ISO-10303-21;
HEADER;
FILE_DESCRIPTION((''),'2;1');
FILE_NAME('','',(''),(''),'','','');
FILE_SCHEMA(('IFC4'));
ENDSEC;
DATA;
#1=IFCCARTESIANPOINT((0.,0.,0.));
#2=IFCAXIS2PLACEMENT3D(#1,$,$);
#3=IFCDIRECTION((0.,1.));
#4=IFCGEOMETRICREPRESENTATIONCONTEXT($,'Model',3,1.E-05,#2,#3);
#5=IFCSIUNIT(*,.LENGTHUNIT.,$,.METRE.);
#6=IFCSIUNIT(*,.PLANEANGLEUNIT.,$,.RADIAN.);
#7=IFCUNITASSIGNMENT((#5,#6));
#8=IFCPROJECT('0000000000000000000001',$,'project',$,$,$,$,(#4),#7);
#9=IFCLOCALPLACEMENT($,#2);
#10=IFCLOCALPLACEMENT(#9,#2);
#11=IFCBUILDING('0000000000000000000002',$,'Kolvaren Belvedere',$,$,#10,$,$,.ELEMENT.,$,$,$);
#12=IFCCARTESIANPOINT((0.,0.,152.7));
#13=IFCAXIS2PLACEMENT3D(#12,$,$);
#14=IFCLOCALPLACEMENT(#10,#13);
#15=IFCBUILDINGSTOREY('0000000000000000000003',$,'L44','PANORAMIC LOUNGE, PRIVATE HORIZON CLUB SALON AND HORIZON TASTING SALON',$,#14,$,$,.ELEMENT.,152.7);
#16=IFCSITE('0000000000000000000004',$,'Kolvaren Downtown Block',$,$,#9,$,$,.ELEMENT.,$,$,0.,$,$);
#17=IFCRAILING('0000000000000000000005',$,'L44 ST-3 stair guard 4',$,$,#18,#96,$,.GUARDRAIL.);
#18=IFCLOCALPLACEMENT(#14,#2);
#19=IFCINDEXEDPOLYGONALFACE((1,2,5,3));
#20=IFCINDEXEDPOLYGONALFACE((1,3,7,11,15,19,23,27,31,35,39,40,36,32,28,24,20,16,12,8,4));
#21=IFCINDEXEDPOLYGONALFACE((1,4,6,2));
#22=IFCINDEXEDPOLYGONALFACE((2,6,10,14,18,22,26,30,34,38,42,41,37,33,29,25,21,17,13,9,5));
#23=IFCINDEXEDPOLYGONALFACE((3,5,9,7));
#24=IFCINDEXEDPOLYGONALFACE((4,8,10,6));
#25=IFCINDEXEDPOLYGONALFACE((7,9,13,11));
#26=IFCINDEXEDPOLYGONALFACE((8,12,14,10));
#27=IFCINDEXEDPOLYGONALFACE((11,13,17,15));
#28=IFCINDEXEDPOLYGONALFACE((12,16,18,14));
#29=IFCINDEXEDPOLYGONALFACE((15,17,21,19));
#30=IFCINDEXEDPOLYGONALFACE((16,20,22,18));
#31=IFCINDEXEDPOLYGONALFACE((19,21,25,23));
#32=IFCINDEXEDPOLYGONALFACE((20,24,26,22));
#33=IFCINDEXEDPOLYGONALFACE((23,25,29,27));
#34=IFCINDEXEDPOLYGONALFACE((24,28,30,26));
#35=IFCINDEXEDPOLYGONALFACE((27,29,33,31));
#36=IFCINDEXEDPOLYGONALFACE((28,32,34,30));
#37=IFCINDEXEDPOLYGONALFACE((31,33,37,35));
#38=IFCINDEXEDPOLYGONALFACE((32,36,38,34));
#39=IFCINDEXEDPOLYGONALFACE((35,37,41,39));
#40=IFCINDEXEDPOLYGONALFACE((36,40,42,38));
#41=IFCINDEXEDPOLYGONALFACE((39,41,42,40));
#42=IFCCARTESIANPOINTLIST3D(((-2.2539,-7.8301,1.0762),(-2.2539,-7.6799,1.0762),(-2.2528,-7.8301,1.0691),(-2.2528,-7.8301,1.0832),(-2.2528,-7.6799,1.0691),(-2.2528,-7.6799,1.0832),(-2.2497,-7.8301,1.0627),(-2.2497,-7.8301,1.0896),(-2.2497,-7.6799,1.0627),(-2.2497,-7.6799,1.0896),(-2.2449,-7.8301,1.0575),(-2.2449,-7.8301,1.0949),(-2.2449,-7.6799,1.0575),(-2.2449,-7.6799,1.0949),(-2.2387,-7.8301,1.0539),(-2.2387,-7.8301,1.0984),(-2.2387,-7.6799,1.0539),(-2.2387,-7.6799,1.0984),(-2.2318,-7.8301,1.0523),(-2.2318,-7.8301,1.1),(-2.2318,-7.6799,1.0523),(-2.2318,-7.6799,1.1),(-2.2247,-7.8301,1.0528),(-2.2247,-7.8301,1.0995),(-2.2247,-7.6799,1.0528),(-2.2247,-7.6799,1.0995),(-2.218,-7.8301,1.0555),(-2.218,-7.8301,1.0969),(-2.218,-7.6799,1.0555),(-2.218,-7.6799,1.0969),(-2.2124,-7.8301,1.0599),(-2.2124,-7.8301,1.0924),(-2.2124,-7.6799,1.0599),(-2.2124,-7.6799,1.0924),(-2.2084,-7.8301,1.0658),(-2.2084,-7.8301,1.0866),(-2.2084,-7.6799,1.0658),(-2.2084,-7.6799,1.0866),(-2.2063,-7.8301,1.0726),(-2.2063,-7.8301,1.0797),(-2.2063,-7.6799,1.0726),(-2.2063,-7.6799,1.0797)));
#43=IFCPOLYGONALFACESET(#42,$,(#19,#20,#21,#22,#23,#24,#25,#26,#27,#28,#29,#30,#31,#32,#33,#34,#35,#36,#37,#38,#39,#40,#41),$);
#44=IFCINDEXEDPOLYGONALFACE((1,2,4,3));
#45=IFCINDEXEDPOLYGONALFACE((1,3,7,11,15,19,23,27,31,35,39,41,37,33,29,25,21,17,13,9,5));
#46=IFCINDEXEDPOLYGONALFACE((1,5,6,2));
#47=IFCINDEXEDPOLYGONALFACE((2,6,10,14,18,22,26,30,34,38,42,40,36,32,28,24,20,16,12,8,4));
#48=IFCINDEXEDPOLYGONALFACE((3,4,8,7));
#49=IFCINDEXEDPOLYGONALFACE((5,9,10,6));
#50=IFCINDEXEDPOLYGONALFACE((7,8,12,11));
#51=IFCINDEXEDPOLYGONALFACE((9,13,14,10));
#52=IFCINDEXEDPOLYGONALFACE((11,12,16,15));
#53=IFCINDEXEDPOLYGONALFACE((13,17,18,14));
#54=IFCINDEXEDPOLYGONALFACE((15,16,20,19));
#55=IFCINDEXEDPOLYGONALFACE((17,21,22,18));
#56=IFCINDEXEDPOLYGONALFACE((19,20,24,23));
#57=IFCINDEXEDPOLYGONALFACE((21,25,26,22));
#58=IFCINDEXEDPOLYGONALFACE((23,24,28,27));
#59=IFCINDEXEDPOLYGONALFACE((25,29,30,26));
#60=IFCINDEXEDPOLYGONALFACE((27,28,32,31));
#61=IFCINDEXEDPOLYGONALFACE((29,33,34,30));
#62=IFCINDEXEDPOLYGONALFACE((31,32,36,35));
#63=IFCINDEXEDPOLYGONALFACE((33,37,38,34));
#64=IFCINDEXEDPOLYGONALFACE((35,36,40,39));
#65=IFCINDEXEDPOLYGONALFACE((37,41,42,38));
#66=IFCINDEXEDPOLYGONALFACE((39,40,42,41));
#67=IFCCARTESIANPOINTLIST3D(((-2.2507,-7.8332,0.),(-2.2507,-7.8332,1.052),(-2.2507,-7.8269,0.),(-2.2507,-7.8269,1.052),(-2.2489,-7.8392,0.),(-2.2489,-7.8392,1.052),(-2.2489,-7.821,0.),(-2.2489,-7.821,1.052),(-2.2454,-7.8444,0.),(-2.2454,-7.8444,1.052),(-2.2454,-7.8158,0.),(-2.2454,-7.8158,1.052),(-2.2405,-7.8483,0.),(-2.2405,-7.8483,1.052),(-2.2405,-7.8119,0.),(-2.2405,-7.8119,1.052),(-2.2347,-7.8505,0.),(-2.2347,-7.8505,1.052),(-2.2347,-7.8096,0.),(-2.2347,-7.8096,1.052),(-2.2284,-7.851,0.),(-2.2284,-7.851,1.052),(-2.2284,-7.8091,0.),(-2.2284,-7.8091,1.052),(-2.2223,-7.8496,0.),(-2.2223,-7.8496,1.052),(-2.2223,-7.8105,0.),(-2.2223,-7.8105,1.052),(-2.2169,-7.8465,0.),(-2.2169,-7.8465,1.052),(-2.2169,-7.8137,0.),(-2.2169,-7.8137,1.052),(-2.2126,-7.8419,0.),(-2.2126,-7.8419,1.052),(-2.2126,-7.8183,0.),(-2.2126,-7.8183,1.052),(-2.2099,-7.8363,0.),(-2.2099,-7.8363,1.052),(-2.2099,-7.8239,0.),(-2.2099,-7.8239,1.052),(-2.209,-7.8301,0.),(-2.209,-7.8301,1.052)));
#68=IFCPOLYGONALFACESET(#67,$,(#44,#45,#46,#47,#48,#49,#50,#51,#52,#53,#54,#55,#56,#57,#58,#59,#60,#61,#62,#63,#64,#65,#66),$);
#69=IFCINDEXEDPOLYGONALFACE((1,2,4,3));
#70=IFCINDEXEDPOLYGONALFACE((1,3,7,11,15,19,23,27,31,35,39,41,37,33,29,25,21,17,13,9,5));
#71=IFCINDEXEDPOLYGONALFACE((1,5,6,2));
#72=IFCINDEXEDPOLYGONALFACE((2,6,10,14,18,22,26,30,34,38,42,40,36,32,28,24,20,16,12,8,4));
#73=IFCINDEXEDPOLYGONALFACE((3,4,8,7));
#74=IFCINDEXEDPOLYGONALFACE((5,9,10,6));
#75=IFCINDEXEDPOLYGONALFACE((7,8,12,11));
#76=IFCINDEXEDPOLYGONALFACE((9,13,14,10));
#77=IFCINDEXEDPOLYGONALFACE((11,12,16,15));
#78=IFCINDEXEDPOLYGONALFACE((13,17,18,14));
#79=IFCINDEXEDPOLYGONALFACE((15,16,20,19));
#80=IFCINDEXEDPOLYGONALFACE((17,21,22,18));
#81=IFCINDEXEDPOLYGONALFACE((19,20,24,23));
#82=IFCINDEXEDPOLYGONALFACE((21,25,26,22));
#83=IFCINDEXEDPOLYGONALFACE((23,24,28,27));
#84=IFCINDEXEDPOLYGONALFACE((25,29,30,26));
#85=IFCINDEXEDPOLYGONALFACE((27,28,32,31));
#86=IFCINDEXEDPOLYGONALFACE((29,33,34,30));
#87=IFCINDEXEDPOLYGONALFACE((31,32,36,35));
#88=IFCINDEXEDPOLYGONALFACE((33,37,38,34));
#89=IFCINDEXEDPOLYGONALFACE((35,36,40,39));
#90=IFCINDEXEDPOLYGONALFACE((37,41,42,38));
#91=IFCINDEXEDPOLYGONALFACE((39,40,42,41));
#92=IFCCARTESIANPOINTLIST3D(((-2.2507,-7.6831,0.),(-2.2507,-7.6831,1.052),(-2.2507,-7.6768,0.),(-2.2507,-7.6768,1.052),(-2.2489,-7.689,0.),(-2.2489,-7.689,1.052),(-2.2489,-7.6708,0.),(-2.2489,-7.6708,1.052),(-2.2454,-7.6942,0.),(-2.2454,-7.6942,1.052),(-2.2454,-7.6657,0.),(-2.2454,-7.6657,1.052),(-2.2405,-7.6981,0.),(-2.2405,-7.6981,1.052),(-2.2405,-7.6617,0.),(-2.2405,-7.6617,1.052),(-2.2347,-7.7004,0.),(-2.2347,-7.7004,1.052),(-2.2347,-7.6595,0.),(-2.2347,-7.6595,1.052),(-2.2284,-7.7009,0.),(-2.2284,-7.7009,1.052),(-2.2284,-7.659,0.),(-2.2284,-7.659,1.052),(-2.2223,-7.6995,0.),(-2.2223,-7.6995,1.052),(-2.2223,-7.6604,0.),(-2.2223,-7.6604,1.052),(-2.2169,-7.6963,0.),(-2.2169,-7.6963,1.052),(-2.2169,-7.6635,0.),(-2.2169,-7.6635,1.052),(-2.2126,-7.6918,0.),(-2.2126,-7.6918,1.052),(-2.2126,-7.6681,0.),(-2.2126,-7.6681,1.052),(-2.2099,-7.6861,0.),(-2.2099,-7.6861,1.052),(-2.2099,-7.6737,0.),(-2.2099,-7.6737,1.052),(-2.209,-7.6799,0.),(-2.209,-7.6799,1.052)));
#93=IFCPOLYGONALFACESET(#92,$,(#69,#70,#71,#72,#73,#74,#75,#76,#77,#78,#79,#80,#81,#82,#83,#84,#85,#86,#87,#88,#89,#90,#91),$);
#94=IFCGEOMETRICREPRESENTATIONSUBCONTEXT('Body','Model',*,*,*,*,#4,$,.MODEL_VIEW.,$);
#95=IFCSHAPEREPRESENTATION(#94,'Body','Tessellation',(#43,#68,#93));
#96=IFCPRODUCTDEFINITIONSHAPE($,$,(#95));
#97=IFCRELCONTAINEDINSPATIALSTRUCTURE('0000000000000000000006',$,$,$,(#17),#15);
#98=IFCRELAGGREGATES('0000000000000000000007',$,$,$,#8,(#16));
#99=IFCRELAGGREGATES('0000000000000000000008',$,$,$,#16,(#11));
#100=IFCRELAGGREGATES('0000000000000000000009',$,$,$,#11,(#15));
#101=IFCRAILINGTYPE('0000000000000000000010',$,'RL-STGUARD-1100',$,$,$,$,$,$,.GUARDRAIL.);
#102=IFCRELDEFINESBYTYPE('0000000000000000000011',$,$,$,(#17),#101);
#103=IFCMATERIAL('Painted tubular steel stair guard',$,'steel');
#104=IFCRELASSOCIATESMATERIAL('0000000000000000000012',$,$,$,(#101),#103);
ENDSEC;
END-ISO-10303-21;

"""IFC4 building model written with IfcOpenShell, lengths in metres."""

from ifc_helpers import new_model, si_unit, direction, frame, origin, origin_2d, place, context, subcontext, project, spatial, circle, extrude, material, type_object, element, save


model = new_model("IFC4")

# Units and contexts
model_context = context("Model", 3, precision=1e-05, world=origin(), true_north=direction((0.0, 1.0)))
body_context = subcontext(model_context, "Body", "Model", "MODEL_VIEW")
ifc_project = project(units=[si_unit("LENGTHUNIT", "METRE"), si_unit("PLANEANGLEUNIT", "RADIAN")], contexts=[model_context])

# Site, building, storey
site_placement = place(None, origin())
site = spatial("IfcSite", under=ifc_project, at=site_placement, Name="Kolvaren Downtown Block", CompositionType="ELEMENT", RefElevation=0.0)
building_placement = place(site_placement, origin())
building = spatial("IfcBuilding", under=site, at=building_placement, Name="Kolvaren Belvedere", CompositionType="ELEMENT")
storey_placement = place(building_placement, frame((0.0, 0.0, 152.7)))
storey = spatial("IfcBuildingStorey", under=building, at=storey_placement, Name="L44", Description="PANORAMIC LOUNGE, PRIVATE HORIZON CLUB SALON AND HORIZON TASTING SALON", CompositionType="ELEMENT", Elevation=152.7)

# Railing
ifc_material_1 = material(Name="Painted tubular steel stair guard", Category="steel")
railing_type_1 = type_object("IfcRailingType", Name="RL-STGUARD-1100", PredefinedType="GUARDRAIL", material=ifc_material_1)
railing_1_placement = place(storey_placement, frame((-2.23, -7.8301, 0.0)))
element("IfcRailing", 1, at=railing_1_placement, inside=storey, type_object=railing_type_1, Name="L44 ST-3 stair guard 4", PredefinedType="GUARDRAIL", context=body_context, shape_type="SweptSolid", body=[
    extrude(circle(Radius=0.0239, at=origin_2d()), frame((0.0, 0.0, 1.0762), z_axis=(0.0, 1.0, 0.0), x_axis=(-1.0, 0.0, 0.0)), (0.0, 0.0, 1.0), 0.1501),
    extrude(circle(Radius=0.021, at=origin_2d()), origin(), (0.0, 0.0, 1.0), 1.052),
    extrude(circle(Radius=0.021, at=origin_2d()), frame((0.0, 0.1501, 0.0)), (0.0, 0.0, 1.0), 1.052),
])

save(model, "model.ifc")
